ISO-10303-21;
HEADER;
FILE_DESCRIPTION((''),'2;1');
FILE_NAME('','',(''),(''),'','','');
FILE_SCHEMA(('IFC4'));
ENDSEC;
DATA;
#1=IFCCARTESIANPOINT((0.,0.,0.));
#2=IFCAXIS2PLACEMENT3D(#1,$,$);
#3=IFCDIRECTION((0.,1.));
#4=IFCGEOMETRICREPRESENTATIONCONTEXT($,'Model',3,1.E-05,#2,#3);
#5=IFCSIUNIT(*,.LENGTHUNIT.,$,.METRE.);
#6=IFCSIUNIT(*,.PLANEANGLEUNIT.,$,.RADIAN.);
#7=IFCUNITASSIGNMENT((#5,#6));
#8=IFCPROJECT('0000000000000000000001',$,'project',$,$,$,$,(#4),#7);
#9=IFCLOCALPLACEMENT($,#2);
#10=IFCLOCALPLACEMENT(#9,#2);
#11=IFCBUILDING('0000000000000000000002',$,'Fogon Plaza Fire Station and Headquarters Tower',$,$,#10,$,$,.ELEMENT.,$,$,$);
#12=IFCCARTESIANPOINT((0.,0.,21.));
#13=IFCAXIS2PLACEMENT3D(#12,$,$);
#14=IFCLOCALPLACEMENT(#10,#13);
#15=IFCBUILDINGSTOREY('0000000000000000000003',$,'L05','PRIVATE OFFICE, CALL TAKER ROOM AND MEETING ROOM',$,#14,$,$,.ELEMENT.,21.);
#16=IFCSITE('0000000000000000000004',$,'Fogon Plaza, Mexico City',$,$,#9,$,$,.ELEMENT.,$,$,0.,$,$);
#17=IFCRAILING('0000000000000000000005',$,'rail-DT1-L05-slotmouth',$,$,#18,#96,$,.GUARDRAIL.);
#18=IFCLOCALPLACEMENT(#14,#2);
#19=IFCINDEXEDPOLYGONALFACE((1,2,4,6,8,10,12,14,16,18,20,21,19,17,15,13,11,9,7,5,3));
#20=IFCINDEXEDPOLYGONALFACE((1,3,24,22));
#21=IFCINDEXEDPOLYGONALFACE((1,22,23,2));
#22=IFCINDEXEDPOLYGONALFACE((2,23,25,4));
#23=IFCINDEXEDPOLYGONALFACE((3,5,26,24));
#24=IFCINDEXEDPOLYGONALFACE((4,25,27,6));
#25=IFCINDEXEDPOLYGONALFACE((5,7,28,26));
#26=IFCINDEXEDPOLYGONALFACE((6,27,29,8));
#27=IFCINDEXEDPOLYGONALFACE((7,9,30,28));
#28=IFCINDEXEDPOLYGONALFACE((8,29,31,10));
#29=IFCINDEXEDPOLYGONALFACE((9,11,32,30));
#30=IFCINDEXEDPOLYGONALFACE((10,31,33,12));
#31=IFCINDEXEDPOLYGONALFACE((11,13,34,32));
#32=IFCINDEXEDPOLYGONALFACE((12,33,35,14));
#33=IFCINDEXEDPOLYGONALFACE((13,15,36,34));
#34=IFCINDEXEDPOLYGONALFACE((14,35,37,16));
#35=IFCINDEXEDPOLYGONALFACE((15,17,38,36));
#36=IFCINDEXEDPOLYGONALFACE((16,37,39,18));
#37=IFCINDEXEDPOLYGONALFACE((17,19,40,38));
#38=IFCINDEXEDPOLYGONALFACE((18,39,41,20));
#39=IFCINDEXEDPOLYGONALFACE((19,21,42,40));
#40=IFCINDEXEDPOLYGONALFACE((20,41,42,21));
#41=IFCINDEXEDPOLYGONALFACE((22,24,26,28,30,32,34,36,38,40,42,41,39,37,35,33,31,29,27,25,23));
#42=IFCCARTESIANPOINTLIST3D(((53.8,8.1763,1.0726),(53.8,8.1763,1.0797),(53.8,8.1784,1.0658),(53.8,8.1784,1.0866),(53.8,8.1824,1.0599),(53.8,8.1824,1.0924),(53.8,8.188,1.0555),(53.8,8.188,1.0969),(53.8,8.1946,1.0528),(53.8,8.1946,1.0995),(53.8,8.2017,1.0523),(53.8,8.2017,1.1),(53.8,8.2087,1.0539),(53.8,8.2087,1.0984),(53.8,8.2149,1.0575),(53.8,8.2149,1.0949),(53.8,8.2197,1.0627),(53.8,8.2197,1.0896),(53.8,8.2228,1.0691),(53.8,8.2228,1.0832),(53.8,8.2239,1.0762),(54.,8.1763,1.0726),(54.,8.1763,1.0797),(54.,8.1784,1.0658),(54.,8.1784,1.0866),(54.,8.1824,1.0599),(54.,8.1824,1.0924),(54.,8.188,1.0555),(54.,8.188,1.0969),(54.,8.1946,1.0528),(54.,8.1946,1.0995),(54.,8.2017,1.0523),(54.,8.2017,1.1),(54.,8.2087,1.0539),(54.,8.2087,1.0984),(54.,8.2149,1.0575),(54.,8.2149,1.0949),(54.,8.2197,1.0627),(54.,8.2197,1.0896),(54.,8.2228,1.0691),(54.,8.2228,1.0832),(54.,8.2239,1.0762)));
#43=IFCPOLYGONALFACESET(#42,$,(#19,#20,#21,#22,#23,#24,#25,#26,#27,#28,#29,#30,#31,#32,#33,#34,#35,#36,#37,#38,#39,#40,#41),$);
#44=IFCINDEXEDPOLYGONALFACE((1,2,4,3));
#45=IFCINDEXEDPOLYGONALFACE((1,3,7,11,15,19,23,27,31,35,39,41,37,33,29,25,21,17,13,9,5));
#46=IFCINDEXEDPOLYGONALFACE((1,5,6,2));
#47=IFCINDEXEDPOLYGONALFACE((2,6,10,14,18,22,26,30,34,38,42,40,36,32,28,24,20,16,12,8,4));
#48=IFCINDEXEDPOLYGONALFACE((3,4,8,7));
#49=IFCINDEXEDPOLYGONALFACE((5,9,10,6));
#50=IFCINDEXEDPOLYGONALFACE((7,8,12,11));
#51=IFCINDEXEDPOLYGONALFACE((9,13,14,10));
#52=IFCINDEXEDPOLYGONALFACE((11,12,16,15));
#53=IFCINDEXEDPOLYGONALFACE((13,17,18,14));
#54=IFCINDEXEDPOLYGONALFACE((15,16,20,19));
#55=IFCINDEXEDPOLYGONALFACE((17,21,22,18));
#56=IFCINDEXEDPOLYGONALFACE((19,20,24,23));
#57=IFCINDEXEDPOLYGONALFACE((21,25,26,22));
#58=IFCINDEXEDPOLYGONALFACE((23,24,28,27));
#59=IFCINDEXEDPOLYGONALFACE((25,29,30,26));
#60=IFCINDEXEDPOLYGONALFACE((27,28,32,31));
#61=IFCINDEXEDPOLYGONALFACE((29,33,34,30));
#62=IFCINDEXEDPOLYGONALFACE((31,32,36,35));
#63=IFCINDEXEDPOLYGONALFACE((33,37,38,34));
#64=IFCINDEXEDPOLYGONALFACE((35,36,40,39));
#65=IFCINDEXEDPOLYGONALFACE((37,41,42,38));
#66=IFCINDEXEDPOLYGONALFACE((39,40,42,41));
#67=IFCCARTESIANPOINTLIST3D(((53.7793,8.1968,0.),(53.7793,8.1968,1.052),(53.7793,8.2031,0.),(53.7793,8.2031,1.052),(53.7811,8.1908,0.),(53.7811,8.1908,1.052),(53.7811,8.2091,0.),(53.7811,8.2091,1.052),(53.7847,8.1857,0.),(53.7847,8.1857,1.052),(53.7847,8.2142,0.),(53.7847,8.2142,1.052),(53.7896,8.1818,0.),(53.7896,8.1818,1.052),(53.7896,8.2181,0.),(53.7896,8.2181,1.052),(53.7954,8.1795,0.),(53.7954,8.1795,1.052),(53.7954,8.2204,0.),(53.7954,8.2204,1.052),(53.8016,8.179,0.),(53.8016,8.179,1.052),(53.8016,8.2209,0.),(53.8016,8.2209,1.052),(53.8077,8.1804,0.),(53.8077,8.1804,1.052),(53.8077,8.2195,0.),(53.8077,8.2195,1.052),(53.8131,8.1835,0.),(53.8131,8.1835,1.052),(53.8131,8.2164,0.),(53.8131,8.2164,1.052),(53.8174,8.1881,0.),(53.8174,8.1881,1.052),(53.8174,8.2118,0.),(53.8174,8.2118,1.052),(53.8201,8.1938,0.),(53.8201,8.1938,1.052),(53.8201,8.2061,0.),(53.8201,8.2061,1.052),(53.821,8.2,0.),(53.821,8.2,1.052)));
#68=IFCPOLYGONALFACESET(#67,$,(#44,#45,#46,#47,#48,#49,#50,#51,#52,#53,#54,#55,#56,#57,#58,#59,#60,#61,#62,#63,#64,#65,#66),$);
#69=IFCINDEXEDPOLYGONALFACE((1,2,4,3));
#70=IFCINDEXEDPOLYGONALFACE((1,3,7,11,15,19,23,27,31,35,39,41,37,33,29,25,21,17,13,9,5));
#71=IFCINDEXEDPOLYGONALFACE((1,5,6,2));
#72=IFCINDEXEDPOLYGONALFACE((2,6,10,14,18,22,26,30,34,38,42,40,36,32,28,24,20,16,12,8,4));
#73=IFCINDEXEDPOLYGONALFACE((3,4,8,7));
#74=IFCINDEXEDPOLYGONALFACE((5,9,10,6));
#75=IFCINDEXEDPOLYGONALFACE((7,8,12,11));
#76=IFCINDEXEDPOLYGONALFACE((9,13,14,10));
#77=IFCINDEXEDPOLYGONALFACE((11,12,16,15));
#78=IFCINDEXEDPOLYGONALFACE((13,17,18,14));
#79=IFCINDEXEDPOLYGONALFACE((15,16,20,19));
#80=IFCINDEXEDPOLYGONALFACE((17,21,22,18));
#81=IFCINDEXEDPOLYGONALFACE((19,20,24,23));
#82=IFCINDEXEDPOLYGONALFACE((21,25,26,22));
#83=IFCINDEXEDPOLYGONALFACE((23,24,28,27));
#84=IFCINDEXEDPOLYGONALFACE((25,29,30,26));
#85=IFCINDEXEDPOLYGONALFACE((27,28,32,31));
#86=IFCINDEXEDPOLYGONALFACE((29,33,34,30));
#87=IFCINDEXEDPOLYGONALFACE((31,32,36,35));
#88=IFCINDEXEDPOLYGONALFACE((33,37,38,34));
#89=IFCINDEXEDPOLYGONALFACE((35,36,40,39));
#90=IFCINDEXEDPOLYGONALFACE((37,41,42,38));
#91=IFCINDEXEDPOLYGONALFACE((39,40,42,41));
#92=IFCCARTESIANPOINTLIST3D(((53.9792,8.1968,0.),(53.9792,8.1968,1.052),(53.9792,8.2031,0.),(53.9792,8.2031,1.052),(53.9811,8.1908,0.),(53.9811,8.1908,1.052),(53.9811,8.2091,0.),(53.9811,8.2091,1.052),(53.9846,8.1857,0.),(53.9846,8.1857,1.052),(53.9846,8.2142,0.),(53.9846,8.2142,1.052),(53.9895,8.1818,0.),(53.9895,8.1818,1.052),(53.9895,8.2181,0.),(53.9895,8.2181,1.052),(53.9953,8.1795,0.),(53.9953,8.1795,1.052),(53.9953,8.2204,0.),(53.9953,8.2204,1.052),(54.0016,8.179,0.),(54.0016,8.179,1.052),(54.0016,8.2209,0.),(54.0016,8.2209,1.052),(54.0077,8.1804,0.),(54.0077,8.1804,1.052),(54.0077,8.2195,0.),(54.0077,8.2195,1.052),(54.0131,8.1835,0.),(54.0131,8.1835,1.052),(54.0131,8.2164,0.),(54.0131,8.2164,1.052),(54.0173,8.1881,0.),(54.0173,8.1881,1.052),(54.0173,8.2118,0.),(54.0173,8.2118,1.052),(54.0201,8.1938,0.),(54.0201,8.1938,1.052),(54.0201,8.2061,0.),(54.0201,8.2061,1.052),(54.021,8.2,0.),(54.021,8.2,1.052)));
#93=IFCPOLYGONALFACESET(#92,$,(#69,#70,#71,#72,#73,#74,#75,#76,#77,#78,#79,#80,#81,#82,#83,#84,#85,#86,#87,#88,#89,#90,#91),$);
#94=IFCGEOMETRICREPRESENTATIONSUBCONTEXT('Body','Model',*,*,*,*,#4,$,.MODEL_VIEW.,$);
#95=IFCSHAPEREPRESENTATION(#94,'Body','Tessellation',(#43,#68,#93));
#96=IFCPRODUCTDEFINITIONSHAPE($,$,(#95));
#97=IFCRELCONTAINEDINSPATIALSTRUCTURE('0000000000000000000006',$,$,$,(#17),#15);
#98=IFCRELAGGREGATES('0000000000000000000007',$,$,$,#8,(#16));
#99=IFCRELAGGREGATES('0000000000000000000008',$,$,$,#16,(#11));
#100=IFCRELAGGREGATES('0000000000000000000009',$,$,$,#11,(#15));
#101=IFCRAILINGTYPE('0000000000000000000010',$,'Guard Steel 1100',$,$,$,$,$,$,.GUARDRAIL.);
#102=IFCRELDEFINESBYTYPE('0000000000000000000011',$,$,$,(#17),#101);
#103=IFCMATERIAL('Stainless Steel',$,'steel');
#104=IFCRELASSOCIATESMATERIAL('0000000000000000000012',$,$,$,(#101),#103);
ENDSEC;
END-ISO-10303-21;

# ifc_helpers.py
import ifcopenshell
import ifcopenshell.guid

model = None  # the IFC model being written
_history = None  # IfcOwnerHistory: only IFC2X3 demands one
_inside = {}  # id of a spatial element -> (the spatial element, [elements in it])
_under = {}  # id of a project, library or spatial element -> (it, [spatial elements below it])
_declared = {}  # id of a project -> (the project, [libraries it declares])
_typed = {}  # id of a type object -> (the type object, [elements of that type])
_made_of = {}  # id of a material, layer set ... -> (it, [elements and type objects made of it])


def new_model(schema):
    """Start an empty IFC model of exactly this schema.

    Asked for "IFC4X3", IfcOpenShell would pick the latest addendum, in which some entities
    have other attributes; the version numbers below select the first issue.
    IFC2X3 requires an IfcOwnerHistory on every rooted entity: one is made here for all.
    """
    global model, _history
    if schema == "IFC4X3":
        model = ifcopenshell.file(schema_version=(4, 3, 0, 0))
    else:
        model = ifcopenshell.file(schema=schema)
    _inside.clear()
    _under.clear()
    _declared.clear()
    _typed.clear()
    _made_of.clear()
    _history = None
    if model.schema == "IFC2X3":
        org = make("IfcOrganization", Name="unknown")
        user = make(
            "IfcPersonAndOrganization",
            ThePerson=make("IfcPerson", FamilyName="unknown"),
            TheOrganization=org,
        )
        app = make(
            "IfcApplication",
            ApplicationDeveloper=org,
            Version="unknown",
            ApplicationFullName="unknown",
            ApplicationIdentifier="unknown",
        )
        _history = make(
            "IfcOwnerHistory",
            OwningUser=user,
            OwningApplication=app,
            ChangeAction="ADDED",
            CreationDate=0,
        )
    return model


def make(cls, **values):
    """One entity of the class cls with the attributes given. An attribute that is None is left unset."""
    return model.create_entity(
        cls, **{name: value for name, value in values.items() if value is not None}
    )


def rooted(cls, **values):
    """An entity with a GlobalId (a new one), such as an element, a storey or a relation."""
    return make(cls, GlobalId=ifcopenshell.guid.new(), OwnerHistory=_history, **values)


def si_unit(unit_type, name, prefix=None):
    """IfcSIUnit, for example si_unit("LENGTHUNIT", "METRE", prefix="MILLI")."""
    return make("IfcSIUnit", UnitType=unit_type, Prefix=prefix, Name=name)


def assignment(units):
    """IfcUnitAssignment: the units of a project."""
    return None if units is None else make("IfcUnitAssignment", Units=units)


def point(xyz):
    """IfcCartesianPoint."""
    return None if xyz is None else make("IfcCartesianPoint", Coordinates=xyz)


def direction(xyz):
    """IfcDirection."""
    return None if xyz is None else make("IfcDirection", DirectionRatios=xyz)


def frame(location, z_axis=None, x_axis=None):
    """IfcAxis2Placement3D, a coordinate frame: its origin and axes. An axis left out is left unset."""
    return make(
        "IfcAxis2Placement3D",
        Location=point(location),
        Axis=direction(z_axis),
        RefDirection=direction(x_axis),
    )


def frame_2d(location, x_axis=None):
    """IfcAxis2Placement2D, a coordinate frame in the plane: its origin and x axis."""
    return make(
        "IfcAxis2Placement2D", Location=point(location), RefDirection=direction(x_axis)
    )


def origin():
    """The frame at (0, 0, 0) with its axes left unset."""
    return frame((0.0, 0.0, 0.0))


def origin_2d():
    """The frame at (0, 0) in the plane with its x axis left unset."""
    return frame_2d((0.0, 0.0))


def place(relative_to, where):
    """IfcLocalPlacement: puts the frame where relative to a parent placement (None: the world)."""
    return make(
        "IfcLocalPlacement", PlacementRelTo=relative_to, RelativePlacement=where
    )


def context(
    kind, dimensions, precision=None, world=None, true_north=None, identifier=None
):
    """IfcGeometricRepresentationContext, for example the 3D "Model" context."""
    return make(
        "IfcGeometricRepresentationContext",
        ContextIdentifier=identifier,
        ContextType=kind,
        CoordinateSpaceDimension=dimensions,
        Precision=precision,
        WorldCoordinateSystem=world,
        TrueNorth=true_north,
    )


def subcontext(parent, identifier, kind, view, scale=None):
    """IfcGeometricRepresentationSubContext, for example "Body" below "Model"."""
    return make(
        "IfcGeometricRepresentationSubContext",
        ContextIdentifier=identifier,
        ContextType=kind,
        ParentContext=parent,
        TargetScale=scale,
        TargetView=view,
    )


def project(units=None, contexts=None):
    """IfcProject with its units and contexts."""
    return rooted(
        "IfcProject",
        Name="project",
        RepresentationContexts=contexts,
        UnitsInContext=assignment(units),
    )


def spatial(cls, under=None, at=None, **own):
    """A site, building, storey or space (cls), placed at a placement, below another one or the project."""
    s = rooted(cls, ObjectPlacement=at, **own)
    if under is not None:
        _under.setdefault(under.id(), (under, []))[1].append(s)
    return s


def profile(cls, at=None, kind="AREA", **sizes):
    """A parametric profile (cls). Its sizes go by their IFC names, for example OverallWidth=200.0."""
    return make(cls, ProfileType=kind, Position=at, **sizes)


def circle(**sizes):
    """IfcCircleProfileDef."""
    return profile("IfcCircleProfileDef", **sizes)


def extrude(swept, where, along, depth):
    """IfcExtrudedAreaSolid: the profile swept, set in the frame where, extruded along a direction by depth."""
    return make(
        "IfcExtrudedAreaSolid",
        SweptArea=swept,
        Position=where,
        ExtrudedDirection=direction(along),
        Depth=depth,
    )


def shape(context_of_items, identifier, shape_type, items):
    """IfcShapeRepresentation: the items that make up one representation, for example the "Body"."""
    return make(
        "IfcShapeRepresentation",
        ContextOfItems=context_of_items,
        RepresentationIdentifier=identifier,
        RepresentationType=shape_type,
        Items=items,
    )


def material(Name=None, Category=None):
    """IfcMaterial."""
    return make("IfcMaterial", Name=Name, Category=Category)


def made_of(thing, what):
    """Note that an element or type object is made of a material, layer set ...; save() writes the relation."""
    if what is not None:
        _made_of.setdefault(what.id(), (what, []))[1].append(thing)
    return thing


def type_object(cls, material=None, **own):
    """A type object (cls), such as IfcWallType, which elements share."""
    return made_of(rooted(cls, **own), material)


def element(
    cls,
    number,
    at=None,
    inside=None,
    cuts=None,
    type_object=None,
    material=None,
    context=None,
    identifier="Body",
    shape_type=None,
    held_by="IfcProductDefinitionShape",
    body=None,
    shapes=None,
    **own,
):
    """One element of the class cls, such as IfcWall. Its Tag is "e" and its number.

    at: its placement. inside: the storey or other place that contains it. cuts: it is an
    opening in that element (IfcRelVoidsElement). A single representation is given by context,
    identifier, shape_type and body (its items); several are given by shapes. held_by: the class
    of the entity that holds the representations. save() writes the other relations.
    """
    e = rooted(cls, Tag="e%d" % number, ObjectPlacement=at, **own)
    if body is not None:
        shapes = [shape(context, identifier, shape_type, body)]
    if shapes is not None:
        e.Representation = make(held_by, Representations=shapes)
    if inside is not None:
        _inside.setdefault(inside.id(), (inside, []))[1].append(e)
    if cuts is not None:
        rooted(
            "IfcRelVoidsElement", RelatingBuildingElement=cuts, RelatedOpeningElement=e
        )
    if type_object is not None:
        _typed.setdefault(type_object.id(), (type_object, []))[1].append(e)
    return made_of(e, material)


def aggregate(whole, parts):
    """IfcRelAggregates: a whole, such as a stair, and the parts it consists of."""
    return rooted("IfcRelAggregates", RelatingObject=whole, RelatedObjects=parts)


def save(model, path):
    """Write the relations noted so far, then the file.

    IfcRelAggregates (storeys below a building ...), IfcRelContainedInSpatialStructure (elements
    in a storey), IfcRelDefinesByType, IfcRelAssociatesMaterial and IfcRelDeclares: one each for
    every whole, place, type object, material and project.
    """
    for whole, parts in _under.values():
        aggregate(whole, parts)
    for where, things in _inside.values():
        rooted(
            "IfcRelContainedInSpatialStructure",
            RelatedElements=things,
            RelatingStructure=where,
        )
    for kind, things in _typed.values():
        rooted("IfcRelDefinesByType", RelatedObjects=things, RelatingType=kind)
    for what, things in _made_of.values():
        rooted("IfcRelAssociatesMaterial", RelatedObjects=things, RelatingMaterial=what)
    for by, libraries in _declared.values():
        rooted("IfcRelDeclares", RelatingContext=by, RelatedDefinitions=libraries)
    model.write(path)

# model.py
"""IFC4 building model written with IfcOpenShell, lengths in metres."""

from ifc_helpers import new_model, si_unit, direction, frame, origin, origin_2d, place, context, subcontext, project, spatial, circle, extrude, material, type_object, element, save


model = new_model("IFC4")

# Units and contexts
model_context = context("Model", 3, precision=1e-05, world=origin(), true_north=direction((0.0, 1.0)))
body_context = subcontext(model_context, "Body", "Model", "MODEL_VIEW")
ifc_project = project(units=[si_unit("LENGTHUNIT", "METRE"), si_unit("PLANEANGLEUNIT", "RADIAN")], contexts=[model_context])

# Site, building, storey
site_placement = place(None, origin())
site = spatial("IfcSite", under=ifc_project, at=site_placement, Name="Fogon Plaza, Mexico City", CompositionType="ELEMENT", RefElevation=0.0)
building_placement = place(site_placement, origin())
building = spatial("IfcBuilding", under=site, at=building_placement, Name="Fogon Plaza Fire Station and Headquarters Tower", CompositionType="ELEMENT")
storey_placement = place(building_placement, frame((0.0, 0.0, 21.0)))
storey = spatial("IfcBuildingStorey", under=building, at=storey_placement, Name="L05", Description="PRIVATE OFFICE, CALL TAKER ROOM AND MEETING ROOM", CompositionType="ELEMENT", Elevation=21.0)

# Railing
ifc_material_1 = material(Name="Stainless Steel", Category="steel")
railing_type_1 = type_object("IfcRailingType", Name="Guard Steel 1100", PredefinedType="GUARDRAIL", material=ifc_material_1)
railing_1_placement = place(storey_placement, frame((53.8, 8.2, 0.0)))
element("IfcRailing", 1, at=railing_1_placement, inside=storey, type_object=railing_type_1, Name="rail-DT1-L05-slotmouth", PredefinedType="GUARDRAIL", context=body_context, shape_type="SweptSolid", body=[
    extrude(circle(Radius=0.0239, at=origin_2d()), frame((0.0, 0.0, 1.0762), z_axis=(1.0, 0.0, 0.0), x_axis=(0.0, 1.0, 0.0)), (0.0, 0.0, 1.0), 0.2),
    extrude(circle(Radius=0.021, at=origin_2d()), origin(), (0.0, 0.0, 1.0), 1.052),
    extrude(circle(Radius=0.021, at=origin_2d()), frame((0.2, 0.0, 0.0)), (0.0, 0.0, 1.0), 1.052),
])

save(model, "model.ifc")
